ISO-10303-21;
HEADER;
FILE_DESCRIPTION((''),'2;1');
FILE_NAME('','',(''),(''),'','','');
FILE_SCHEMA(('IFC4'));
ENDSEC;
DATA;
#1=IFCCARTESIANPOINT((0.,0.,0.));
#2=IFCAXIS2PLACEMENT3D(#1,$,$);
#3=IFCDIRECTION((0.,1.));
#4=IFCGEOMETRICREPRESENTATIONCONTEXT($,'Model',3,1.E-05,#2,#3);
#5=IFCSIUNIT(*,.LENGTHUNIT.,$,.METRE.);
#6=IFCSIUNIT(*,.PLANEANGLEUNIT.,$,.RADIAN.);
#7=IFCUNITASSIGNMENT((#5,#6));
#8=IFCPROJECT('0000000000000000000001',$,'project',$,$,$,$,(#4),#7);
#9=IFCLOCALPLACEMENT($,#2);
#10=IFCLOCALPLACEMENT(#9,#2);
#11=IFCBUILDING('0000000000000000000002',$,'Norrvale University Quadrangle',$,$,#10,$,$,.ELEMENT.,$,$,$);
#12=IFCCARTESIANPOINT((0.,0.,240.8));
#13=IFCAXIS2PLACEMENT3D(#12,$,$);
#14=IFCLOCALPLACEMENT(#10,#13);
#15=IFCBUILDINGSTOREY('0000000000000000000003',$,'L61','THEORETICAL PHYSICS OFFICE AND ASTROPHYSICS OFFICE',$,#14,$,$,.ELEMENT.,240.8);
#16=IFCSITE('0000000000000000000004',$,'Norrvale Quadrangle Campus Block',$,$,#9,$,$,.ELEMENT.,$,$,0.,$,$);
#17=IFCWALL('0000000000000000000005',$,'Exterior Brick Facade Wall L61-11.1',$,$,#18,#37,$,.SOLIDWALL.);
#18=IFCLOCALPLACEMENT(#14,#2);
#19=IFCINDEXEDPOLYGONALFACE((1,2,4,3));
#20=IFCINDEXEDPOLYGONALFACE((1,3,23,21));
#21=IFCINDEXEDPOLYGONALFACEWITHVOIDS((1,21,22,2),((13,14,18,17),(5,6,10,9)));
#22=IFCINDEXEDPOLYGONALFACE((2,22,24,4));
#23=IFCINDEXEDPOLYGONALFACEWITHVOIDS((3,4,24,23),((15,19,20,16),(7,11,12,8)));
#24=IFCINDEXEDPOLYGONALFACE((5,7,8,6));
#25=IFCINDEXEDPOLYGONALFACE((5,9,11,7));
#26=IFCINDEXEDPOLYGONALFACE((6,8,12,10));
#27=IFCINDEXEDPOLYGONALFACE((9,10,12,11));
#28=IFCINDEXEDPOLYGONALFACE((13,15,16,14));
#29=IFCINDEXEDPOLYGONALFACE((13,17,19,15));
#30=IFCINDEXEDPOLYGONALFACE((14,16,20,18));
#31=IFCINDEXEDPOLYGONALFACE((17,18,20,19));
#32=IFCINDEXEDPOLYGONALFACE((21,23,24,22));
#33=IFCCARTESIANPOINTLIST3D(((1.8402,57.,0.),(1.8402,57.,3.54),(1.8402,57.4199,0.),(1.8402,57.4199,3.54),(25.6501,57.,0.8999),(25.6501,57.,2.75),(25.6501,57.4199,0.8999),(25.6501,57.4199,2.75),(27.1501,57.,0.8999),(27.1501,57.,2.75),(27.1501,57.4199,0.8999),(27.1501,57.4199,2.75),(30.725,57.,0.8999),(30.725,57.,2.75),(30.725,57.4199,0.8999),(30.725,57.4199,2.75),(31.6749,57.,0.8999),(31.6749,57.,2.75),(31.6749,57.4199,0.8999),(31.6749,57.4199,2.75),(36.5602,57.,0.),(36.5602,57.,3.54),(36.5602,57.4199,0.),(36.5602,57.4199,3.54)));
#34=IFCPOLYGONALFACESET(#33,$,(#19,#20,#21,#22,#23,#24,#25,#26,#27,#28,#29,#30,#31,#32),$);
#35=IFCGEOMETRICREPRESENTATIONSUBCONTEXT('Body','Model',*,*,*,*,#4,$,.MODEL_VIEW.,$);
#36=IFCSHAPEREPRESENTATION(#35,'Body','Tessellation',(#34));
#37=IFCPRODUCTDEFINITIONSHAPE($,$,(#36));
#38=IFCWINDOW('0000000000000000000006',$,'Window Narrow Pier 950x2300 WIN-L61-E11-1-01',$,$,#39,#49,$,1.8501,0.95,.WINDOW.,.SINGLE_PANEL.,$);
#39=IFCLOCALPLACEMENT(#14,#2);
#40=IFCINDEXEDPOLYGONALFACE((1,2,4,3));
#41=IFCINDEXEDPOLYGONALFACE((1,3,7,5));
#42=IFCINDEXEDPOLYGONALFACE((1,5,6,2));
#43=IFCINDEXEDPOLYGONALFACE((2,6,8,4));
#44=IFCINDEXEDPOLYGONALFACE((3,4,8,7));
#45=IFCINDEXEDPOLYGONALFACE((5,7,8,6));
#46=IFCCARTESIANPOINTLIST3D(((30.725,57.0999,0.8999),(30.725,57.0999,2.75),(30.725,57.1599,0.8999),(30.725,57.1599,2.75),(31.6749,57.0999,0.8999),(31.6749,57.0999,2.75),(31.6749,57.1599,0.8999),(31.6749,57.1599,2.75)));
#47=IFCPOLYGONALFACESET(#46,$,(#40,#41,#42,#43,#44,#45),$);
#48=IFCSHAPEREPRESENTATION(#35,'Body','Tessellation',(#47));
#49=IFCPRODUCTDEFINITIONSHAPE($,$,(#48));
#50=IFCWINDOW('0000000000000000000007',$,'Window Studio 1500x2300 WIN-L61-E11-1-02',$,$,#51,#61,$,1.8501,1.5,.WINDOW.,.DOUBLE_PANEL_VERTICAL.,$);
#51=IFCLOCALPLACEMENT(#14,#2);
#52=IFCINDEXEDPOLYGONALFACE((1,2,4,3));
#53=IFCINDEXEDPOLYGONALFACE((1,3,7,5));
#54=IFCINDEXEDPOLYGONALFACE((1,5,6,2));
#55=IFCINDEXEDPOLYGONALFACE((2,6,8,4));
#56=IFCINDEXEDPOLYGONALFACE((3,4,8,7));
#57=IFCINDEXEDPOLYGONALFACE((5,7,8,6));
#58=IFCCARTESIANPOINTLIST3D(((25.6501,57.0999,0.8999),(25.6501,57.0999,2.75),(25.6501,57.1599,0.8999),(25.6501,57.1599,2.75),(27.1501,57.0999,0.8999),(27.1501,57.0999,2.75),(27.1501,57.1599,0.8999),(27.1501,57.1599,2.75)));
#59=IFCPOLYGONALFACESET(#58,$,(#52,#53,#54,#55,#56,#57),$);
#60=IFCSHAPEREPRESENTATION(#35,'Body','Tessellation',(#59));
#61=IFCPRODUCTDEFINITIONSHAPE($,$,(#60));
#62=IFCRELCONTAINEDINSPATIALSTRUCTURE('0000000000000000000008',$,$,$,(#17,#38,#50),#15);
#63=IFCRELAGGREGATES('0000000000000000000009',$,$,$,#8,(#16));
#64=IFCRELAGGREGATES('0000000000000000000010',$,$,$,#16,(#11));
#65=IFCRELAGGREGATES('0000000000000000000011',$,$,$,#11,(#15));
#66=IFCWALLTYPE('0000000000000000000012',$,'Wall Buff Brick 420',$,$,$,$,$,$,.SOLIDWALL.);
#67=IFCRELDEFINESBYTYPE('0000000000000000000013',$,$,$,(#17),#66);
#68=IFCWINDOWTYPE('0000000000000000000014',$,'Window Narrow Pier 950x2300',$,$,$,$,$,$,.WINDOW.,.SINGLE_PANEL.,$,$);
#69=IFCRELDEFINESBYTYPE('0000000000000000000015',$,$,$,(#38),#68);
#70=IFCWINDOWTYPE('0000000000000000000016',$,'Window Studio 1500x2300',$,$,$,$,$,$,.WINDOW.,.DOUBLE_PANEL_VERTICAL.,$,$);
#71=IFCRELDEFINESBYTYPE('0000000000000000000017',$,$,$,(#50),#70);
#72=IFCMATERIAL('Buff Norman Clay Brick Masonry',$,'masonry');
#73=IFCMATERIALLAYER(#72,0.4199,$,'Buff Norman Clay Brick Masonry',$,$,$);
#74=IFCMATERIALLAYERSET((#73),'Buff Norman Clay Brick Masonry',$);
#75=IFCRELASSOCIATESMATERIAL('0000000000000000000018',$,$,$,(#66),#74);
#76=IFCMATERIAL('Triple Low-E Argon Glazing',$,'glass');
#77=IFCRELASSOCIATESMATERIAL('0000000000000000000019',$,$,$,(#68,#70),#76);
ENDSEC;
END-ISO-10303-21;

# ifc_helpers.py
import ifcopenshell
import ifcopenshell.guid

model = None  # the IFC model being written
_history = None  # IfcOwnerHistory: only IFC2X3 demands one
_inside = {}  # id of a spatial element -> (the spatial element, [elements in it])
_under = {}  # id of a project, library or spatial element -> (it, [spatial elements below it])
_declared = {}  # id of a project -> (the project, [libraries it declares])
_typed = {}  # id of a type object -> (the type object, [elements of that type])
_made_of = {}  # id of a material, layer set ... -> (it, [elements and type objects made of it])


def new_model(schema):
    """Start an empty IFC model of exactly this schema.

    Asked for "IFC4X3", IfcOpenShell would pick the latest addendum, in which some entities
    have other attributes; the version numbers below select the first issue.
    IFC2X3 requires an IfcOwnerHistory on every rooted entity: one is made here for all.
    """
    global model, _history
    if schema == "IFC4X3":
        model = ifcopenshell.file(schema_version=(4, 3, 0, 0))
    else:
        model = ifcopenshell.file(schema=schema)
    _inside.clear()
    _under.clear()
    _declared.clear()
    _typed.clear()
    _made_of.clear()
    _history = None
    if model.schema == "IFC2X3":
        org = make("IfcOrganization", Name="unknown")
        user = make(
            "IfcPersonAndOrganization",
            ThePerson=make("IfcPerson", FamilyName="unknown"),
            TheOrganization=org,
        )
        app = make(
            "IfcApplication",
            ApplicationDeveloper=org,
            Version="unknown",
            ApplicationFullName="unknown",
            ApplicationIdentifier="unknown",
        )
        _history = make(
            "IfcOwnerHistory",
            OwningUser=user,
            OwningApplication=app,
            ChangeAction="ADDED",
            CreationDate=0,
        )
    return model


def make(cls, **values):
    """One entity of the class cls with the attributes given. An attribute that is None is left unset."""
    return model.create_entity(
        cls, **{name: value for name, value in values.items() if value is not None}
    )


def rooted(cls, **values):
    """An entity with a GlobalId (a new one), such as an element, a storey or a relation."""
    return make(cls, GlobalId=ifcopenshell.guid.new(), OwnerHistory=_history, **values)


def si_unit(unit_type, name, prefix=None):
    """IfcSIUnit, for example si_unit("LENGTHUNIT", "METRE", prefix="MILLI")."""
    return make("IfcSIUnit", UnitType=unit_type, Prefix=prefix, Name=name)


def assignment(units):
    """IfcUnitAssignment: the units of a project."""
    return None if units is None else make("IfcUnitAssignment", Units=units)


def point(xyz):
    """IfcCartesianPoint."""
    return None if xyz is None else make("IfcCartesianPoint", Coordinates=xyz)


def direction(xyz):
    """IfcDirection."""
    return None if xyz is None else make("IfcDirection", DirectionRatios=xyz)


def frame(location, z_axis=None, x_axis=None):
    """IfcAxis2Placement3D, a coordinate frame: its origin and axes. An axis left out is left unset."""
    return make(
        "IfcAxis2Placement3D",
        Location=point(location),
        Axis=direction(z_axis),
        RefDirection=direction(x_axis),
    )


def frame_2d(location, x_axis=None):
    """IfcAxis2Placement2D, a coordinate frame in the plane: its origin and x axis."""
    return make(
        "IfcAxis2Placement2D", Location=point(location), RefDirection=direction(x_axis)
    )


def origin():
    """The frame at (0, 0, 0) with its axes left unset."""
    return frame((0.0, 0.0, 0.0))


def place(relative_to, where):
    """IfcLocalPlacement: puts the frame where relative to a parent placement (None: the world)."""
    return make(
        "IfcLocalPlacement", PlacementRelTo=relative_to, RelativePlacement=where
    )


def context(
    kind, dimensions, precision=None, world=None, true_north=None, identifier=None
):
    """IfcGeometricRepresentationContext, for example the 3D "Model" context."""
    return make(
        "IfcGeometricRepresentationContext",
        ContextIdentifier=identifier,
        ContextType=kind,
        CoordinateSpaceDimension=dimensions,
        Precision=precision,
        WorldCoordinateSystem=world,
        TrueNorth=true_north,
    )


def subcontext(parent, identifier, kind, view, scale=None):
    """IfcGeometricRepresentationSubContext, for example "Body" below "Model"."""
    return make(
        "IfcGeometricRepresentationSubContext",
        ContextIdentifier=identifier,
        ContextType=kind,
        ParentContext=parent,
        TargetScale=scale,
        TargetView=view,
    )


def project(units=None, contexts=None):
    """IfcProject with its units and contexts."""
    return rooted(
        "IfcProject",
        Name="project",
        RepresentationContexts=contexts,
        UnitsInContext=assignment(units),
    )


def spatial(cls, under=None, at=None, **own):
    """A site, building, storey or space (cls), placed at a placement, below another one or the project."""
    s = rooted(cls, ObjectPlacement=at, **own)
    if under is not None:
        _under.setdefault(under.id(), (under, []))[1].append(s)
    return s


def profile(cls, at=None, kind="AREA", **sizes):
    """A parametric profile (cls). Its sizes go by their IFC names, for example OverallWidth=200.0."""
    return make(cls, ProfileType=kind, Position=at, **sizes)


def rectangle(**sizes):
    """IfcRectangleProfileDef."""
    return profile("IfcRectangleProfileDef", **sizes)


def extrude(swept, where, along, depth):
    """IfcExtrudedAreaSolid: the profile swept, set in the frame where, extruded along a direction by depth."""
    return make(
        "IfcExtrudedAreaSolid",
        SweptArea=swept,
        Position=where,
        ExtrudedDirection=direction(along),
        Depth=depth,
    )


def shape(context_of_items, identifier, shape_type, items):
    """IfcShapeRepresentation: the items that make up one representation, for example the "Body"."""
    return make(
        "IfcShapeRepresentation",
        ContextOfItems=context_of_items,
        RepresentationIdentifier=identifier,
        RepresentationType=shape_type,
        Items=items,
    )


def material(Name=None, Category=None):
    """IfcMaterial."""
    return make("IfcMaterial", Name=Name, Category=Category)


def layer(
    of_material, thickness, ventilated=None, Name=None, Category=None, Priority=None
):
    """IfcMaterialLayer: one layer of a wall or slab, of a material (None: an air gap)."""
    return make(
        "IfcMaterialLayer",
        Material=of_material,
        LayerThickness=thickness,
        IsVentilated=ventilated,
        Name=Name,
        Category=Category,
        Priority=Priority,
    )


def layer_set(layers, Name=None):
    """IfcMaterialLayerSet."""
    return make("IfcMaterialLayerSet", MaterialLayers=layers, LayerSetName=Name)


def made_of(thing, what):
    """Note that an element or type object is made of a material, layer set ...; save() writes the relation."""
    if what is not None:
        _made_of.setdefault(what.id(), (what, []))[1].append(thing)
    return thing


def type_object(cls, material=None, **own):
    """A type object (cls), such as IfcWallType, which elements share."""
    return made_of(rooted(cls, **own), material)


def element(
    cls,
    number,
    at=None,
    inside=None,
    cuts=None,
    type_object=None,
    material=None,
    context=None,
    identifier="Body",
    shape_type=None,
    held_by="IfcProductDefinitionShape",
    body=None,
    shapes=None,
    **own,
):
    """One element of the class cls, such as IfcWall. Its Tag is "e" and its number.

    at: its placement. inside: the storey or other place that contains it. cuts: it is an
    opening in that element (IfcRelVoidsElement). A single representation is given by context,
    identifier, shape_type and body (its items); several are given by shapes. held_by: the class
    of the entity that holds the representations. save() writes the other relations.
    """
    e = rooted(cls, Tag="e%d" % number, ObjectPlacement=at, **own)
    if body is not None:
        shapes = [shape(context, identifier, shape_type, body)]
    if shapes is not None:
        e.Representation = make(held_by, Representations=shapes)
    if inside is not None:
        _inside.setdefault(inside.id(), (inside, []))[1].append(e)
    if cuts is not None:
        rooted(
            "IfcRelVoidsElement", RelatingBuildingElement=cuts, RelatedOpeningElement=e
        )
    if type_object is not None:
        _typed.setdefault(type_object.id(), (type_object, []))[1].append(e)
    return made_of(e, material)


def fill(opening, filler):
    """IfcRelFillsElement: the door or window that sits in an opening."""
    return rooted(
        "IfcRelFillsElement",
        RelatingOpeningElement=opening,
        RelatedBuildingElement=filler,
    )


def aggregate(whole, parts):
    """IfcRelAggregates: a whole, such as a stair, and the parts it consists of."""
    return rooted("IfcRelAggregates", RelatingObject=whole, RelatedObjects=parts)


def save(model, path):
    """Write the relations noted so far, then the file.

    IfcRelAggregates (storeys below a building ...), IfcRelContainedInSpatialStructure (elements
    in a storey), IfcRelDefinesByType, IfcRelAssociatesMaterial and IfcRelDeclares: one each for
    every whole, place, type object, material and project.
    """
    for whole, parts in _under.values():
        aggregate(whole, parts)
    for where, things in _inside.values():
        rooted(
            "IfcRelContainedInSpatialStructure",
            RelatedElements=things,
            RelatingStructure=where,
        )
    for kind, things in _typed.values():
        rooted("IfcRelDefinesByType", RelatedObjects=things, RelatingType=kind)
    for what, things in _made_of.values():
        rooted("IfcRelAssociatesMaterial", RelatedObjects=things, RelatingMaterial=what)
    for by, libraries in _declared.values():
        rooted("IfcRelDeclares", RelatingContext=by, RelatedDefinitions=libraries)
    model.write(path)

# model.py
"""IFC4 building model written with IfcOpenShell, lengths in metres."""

from ifc_helpers import new_model, si_unit, direction, frame, frame_2d, origin, place, context, subcontext, project, spatial, rectangle, extrude, material, layer, layer_set, type_object, element, fill, save


model = new_model("IFC4")

# Units and contexts
model_context = context("Model", 3, precision=1e-05, world=origin(), true_north=direction((0.0, 1.0)))
body_context = subcontext(model_context, "Body", "Model", "MODEL_VIEW")
ifc_project = project(units=[si_unit("LENGTHUNIT", "METRE"), si_unit("PLANEANGLEUNIT", "RADIAN")], contexts=[model_context])

# Site, building, storey
site_placement = place(None, origin())
site = spatial("IfcSite", under=ifc_project, at=site_placement, Name="Norrvale Quadrangle Campus Block", CompositionType="ELEMENT", RefElevation=0.0)
building_placement = place(site_placement, origin())
building = spatial("IfcBuilding", under=site, at=building_placement, Name="Norrvale University Quadrangle", CompositionType="ELEMENT")
storey_placement = place(building_placement, frame((0.0, 0.0, 240.8)))
storey = spatial("IfcBuildingStorey", under=building, at=storey_placement, Name="L61", Description="THEORETICAL PHYSICS OFFICE AND ASTROPHYSICS OFFICE", CompositionType="ELEMENT", Elevation=240.8)

# Shared definitions
ifc_material_1 = material(Name="Buff Norman Clay Brick Masonry", Category="masonry")
ifc_layer = layer(ifc_material_1, 0.4199, Name="Buff Norman Clay Brick Masonry")
ifc_layer_set = layer_set([ifc_layer], Name="Buff Norman Clay Brick Masonry")
wall_type = type_object("IfcWallType", Name="Wall Buff Brick 420", PredefinedType="SOLIDWALL", material=ifc_layer_set)

# Shared definitions
ifc_material_2 = material(Name="Triple Low-E Argon Glazing", Category="glass")

# Wall, openings, windows
wall_1_placement = place(storey_placement, frame((36.5601, 57.21, 0.0), z_axis=(0.0, 0.0, 1.0), x_axis=(-1.0, 0.0, 0.0)))
wall_1 = element("IfcWall", 1, at=wall_1_placement, inside=storey, type_object=wall_type, Name="Exterior Brick Facade Wall L61-11.1", PredefinedType="SOLIDWALL", context=body_context, shape_type="SweptSolid", body=[
    extrude(rectangle(XDim=34.72, YDim=0.4199, at=frame_2d((17.3599, 0.0))), origin(), (0.0, 0.0, 1.0), 3.54),
])
opening_1_placement = place(wall_1_placement, frame((4.885, 0.0, 0.8999)))
opening_1 = element("IfcOpeningElement", 2, at=opening_1_placement, cuts=wall_1, PredefinedType="OPENING", context=body_context, shape_type="SweptSolid", body=[
    extrude(rectangle(XDim=0.95, YDim=1.8501, at=frame_2d((0.4751, 0.925))), frame((0.0, 0.2219, 0.0), z_axis=(0.0, -1.0, 0.0), x_axis=(1.0, 0.0, 0.0)), (0.0, 0.0, 1.0), 0.4438),
])
opening_2_placement = place(wall_1_placement, frame((9.4099, 0.0, 0.8999)))
opening_2 = element("IfcOpeningElement", 3, at=opening_2_placement, cuts=wall_1, PredefinedType="OPENING", context=body_context, shape_type="SweptSolid", body=[
    extrude(rectangle(XDim=1.5, YDim=1.8501, at=frame_2d((0.75, 0.925))), frame((0.0, 0.2219, 0.0), z_axis=(0.0, -1.0, 0.0), x_axis=(1.0, 0.0, 0.0)), (0.0, 0.0, 1.0), 0.4438),
])
window_type_1 = type_object("IfcWindowType", Name="Window Narrow Pier 950x2300", PartitioningType="SINGLE_PANEL", PredefinedType="WINDOW", material=ifc_material_2)
window_1_placement = place(opening_1_placement, origin())
window_1 = element("IfcWindow", 4, at=window_1_placement, inside=storey, type_object=window_type_1, Name="Window Narrow Pier 950x2300 WIN-L61-E11-1-01", OverallHeight=1.8501, OverallWidth=0.95, PartitioningType="SINGLE_PANEL", PredefinedType="WINDOW", context=body_context, shape_type="SweptSolid", body=[
    extrude(rectangle(XDim=0.95, YDim=1.8501, at=frame_2d((0.4751, 0.925))), frame((0.0, 0.1101, 0.0), z_axis=(0.0, -1.0, 0.0), x_axis=(1.0, 0.0, 0.0)), (0.0, 0.0, 1.0), 0.0601),
])
fill(opening_1, window_1)
window_type_2 = type_object("IfcWindowType", Name="Window Studio 1500x2300", PartitioningType="DOUBLE_PANEL_VERTICAL", PredefinedType="WINDOW", material=ifc_material_2)
window_2_placement = place(opening_2_placement, origin())
window_2 = element("IfcWindow", 5, at=window_2_placement, inside=storey, type_object=window_type_2, Name="Window Studio 1500x2300 WIN-L61-E11-1-02", OverallHeight=1.8501, OverallWidth=1.5, PartitioningType="DOUBLE_PANEL_VERTICAL", PredefinedType="WINDOW", context=body_context, shape_type="SweptSolid", body=[
    extrude(rectangle(XDim=1.5, YDim=1.8501, at=frame_2d((0.75, 0.925))), frame((0.0, 0.1101, 0.0), z_axis=(0.0, -1.0, 0.0), x_axis=(1.0, 0.0, 0.0)), (0.0, 0.0, 1.0), 0.0601),
])
fill(opening_2, window_2)

save(model, "model.ifc")
